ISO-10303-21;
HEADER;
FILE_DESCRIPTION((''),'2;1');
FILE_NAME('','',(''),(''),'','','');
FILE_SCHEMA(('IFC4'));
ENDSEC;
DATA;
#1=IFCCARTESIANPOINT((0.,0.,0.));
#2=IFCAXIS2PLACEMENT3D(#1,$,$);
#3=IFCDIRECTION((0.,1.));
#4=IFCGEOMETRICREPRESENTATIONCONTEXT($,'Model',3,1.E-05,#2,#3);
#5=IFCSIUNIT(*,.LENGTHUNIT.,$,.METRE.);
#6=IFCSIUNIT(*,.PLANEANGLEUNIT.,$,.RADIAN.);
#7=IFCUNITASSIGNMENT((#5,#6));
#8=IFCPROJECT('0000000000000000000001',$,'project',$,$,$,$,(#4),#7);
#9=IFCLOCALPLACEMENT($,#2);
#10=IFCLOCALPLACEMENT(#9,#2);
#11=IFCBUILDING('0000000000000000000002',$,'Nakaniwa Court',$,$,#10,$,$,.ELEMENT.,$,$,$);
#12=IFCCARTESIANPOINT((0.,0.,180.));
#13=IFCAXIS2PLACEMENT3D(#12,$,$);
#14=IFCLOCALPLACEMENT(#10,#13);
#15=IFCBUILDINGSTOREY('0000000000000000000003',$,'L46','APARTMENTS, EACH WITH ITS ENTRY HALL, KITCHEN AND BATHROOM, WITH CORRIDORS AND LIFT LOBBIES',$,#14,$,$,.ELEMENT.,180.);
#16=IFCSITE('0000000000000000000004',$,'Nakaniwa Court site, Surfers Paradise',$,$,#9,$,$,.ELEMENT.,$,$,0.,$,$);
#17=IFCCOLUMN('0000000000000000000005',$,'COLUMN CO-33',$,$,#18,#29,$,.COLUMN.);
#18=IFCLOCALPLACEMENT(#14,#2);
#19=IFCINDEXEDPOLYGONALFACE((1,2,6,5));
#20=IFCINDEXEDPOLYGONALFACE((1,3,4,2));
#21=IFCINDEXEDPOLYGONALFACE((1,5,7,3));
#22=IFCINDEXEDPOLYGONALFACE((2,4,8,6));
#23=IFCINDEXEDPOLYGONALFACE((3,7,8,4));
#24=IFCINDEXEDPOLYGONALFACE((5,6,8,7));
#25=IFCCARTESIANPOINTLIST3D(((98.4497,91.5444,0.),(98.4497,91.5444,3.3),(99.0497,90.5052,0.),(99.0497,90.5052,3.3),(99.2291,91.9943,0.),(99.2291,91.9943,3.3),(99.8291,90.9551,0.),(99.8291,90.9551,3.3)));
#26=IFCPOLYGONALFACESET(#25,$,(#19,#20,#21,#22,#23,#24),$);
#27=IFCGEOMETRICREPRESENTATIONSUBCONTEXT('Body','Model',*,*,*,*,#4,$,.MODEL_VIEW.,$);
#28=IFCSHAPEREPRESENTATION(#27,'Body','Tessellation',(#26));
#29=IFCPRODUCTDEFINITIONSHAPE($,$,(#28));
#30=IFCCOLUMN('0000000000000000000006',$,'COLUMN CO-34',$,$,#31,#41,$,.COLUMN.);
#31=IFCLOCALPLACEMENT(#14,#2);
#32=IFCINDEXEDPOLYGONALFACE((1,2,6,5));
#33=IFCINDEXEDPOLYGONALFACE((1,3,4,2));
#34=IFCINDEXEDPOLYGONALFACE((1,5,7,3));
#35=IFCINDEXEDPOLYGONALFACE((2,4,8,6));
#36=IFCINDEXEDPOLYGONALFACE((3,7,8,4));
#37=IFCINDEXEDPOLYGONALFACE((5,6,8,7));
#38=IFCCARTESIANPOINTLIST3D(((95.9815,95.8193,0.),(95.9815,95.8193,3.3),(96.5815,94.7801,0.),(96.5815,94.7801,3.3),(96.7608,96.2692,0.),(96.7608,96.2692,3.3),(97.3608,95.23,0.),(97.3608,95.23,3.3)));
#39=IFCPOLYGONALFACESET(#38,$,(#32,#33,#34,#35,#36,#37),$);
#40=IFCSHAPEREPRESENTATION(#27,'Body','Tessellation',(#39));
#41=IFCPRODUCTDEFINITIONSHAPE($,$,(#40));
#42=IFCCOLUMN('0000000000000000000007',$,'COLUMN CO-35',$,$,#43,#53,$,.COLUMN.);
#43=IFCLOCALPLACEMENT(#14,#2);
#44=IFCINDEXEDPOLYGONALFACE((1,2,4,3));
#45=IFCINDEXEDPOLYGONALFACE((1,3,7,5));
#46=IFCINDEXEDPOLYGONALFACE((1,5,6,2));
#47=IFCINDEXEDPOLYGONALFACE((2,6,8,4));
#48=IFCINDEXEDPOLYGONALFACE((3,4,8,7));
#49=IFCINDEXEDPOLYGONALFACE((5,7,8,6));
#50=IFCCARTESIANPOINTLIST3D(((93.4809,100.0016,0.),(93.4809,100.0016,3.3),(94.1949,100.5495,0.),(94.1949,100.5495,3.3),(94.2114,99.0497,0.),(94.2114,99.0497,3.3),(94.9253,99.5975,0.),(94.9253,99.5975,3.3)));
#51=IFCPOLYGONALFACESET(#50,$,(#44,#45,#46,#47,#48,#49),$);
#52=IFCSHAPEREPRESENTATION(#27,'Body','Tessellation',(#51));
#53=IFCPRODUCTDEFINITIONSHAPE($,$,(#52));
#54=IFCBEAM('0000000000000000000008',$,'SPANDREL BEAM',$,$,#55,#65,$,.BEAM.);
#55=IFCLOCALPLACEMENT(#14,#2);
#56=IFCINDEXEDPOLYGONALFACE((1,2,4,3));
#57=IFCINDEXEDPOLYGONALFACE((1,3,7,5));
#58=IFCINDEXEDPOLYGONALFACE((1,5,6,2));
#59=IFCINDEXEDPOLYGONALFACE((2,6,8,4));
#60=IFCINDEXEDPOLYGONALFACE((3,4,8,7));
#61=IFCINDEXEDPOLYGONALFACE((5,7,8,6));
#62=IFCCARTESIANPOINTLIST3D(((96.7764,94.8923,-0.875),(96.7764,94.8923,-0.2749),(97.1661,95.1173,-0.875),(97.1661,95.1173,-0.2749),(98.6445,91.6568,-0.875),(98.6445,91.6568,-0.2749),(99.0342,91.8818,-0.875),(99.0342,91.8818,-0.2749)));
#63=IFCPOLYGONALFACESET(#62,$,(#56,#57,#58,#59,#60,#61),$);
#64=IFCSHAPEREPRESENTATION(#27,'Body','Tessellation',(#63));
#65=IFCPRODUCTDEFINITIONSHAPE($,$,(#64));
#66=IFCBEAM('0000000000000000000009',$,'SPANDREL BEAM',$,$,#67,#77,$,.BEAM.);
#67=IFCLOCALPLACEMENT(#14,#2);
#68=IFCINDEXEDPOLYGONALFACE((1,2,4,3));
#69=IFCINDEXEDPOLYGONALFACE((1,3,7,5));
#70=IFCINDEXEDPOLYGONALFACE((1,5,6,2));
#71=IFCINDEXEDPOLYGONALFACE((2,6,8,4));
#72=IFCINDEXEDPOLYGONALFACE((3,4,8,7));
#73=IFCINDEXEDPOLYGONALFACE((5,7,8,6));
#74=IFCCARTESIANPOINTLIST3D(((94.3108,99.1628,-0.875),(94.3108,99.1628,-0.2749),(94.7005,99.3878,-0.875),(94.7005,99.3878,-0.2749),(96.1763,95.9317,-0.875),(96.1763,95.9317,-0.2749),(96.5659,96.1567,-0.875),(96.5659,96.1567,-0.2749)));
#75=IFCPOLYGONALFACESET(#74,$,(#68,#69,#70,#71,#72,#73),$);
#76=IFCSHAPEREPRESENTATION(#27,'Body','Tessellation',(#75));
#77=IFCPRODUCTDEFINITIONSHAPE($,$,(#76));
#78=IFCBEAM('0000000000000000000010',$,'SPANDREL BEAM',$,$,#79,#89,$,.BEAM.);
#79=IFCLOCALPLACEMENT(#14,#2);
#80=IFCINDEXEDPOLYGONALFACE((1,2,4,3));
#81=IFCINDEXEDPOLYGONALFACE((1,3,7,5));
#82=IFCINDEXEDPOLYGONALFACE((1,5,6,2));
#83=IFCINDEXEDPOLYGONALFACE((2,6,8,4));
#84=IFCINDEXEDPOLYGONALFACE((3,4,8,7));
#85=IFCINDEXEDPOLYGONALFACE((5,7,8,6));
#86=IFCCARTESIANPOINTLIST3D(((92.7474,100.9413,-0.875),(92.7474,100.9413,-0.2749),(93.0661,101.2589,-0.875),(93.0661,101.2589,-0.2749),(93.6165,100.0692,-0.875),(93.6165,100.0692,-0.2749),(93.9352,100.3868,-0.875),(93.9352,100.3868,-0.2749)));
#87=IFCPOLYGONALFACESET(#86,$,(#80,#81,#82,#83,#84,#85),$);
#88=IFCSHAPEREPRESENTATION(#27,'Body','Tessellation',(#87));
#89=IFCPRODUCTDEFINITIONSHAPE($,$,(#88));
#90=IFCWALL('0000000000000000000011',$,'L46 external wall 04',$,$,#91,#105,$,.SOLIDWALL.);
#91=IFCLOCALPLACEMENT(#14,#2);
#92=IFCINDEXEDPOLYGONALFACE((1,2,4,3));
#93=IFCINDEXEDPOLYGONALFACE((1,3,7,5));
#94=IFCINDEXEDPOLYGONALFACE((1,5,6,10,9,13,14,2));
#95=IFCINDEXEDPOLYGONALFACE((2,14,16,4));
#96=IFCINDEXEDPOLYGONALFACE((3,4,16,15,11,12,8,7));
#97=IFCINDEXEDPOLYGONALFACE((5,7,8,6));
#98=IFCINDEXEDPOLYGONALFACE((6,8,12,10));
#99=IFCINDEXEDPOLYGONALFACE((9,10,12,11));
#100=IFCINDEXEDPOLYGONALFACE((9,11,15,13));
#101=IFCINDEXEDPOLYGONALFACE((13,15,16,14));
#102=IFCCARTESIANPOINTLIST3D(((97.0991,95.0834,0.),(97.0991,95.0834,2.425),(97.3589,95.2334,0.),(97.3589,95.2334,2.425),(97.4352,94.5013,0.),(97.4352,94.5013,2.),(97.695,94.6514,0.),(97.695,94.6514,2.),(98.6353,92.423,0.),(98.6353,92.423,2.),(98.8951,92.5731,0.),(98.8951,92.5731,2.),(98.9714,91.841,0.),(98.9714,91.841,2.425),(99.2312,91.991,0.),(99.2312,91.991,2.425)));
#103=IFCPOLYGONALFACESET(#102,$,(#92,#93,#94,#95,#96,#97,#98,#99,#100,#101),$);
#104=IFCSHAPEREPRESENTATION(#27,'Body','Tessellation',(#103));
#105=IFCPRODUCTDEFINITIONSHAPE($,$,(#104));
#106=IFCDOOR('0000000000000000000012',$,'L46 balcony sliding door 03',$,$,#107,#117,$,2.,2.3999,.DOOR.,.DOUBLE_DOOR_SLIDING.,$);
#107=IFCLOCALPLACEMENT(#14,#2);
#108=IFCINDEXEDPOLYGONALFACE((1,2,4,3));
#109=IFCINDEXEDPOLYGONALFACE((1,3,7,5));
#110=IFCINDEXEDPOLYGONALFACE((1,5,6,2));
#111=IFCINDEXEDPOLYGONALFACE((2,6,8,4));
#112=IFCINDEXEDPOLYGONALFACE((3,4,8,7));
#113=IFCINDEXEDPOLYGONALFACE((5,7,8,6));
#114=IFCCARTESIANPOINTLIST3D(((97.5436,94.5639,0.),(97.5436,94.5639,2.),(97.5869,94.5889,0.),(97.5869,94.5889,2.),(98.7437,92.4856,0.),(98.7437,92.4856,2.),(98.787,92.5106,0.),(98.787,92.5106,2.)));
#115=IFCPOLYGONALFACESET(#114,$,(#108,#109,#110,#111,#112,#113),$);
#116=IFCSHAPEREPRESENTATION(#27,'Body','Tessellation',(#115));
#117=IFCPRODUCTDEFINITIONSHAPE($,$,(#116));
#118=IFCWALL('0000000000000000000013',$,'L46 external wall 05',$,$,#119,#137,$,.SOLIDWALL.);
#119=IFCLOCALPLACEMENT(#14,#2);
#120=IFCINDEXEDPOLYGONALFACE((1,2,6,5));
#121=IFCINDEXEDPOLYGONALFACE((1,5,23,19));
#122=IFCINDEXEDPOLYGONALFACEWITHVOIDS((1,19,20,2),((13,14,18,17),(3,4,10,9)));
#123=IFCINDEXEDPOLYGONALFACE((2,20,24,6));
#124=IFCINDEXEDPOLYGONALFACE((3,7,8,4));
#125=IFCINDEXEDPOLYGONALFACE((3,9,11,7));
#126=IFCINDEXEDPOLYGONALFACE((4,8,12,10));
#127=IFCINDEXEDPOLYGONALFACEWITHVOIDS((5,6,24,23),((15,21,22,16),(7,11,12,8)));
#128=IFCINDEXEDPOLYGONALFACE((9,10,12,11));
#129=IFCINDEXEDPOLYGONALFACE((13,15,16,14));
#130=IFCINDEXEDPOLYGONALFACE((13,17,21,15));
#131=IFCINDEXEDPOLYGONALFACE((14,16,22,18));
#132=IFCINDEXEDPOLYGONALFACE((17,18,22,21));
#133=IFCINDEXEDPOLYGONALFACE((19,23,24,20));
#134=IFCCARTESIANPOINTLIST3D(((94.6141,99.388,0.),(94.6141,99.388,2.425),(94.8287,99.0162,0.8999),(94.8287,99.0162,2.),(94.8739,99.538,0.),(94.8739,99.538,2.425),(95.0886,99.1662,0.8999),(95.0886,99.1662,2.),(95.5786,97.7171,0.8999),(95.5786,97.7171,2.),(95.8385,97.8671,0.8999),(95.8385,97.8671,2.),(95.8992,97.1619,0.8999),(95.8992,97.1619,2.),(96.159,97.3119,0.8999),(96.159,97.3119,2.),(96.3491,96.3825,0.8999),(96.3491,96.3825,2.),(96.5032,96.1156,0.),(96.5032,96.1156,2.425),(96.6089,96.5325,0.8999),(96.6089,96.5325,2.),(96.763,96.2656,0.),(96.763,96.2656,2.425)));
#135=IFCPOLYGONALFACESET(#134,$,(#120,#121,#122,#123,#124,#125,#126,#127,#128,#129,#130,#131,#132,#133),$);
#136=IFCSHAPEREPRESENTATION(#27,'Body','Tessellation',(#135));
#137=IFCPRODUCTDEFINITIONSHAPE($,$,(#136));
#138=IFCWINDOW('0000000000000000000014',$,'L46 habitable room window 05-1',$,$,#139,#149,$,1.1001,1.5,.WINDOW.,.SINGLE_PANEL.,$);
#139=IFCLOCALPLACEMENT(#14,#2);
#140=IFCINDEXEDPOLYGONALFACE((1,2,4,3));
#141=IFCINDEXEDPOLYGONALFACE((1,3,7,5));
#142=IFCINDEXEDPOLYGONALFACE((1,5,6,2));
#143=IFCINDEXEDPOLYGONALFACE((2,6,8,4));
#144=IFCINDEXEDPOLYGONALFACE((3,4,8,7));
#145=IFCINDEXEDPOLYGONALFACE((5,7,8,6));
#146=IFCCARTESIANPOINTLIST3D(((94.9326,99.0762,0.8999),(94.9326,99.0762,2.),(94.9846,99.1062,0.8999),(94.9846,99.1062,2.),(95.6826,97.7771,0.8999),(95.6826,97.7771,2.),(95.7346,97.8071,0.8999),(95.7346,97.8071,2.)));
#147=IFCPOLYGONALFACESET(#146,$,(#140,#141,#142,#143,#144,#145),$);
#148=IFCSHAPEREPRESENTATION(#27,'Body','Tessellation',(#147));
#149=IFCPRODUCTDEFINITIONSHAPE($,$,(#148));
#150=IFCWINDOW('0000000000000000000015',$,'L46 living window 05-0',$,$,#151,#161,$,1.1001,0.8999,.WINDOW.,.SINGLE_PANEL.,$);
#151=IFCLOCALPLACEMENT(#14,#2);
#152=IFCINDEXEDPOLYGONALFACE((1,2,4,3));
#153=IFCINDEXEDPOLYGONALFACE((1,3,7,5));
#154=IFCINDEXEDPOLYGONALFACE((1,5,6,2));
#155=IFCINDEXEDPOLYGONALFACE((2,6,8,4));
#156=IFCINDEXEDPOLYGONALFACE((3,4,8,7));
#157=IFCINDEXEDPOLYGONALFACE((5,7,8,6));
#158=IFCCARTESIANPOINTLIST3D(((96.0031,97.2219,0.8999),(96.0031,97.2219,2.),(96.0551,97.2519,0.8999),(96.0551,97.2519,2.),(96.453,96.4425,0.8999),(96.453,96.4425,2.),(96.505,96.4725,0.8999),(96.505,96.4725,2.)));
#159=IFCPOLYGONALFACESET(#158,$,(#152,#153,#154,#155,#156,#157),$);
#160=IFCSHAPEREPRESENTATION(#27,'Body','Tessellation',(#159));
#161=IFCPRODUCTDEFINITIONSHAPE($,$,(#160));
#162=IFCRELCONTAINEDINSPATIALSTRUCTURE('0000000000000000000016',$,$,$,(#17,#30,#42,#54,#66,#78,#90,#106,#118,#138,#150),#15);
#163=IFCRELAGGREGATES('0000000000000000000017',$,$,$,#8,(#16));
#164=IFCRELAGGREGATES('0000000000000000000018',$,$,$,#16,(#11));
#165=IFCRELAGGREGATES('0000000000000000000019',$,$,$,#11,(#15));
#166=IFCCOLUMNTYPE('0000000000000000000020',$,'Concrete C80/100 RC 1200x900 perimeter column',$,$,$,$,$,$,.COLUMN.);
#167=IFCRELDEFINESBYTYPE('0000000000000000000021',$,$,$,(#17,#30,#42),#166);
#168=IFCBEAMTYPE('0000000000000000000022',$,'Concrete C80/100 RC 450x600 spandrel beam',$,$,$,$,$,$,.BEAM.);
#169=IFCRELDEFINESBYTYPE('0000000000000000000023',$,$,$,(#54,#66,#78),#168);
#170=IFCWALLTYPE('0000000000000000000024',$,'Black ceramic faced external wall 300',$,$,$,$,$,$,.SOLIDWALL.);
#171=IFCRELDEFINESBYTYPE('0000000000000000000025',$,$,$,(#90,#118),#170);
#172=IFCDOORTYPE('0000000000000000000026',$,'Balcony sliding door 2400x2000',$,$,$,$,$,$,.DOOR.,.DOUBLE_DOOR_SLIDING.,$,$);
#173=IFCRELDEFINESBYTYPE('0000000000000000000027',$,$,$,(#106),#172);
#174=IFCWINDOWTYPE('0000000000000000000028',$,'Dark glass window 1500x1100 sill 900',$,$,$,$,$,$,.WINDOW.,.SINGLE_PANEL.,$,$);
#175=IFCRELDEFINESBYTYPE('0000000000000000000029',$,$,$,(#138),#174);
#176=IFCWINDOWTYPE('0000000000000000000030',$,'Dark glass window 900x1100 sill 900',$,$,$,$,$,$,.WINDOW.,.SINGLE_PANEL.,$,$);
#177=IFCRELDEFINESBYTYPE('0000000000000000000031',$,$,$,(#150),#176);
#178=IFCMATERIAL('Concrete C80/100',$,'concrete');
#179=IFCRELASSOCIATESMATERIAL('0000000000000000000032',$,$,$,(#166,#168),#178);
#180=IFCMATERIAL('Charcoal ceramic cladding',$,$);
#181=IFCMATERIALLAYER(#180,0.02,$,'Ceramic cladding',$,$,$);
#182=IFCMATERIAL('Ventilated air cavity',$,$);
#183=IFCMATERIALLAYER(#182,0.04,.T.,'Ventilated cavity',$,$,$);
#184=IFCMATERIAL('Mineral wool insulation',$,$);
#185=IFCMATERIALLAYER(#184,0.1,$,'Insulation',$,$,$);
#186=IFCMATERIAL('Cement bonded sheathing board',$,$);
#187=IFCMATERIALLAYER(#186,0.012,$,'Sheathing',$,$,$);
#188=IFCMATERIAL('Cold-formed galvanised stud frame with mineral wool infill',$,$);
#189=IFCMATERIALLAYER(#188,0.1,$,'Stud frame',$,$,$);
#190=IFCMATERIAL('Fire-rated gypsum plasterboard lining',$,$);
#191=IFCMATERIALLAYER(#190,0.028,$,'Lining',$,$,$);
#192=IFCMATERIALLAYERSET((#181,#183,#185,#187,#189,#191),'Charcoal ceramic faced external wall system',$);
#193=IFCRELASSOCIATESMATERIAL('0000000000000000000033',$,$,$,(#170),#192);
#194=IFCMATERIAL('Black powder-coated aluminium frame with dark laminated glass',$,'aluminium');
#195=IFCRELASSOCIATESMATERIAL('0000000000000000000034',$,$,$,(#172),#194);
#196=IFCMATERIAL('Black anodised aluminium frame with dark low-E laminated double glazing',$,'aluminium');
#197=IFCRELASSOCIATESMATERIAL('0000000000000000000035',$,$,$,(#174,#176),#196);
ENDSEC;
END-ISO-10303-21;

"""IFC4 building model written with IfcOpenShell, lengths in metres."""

from ifc_helpers import new_model, si_unit, direction, frame, frame_2d, origin, origin_2d, place, context, subcontext, project, spatial, rectangle, extrude, material, layer, layer_set, material_profile, profile_set, type_object, element, fill, save


model = new_model("IFC4")

# Units and contexts
model_context = context("Model", 3, precision=1e-05, world=origin(), true_north=direction((0.0, 1.0)))
body_context = subcontext(model_context, "Body", "Model", "MODEL_VIEW")
ifc_project = project(units=[si_unit("LENGTHUNIT", "METRE"), si_unit("PLANEANGLEUNIT", "RADIAN")], contexts=[model_context])

# Site, building, storey
site_placement = place(None, origin())
site = spatial("IfcSite", under=ifc_project, at=site_placement, Name="Nakaniwa Court site, Surfers Paradise", CompositionType="ELEMENT", RefElevation=0.0)
building_placement = place(site_placement, origin())
building = spatial("IfcBuilding", under=site, at=building_placement, Name="Nakaniwa Court", CompositionType="ELEMENT")
storey_placement = place(building_placement, frame((0.0, 0.0, 180.0)))
storey = spatial("IfcBuildingStorey", under=building, at=storey_placement, Name="L46", Description="APARTMENTS, EACH WITH ITS ENTRY HALL, KITCHEN AND BATHROOM, WITH CORRIDORS AND LIFT LOBBIES", CompositionType="ELEMENT", Elevation=180.0)

# Columns
ifc_material_1 = material(Name="Concrete C80/100", Category="concrete")
ifc_material_profile_1 = material_profile(ifc_material_1, rectangle(XDim=1.2, YDim=0.8999, at=origin_2d()), Name="Concrete C80/100 RC 1200x900 perimeter column")
ifc_profile_set_1 = profile_set([ifc_material_profile_1], Name="Concrete C80/100")
column_type = type_object("IfcColumnType", Name="Concrete C80/100 RC 1200x900 perimeter column", PredefinedType="COLUMN", material=ifc_profile_set_1)
for number, where, z_axis, x_axis, name in (
    (1, (99.1394, 91.2498, 0.0), (0.0, 0.0, 1.0), (-0.5, 0.866025, 0.0), "COLUMN CO-33"),
    (2, (96.6711, 95.5247, 0.0), (0.0, 0.0, 1.0), (-0.5, 0.866025, 0.0), "COLUMN CO-34"),
    (3, (94.2031, 99.7996, 0.0), (0.0, 0.0, 1.0), (-0.608761, 0.793353, 0.0), "COLUMN CO-35"),
):
    element("IfcColumn", number, at=place(storey_placement, frame(where, z_axis=z_axis, x_axis=x_axis)), inside=storey, type_object=column_type, Name=name, PredefinedType="COLUMN", context=body_context, shape_type="SweptSolid", body=[
        extrude(rectangle(XDim=1.2, YDim=0.8999, at=origin_2d()), origin(), (0.0, 0.0, 1.0), 3.3),
    ])

# Beams
ifc_material_profile_2 = material_profile(ifc_material_1, rectangle(XDim=0.45, YDim=0.6001, at=origin_2d()), Name="Concrete C80/100 RC 450x600 spandrel beam")
ifc_profile_set_2 = profile_set([ifc_material_profile_2], Name="Concrete C80/100")
beam_type = type_object("IfcBeamType", Name="Concrete C80/100 RC 450x600 spandrel beam", PredefinedType="BEAM", material=ifc_profile_set_2)
beam_1_placement = place(storey_placement, frame((98.8394, 91.7693, -0.575), z_axis=(-0.500018, 0.866015, 0.0), x_axis=(-0.866015, -0.500018, 0.0)))
element("IfcBeam", 4, at=beam_1_placement, inside=storey, type_object=beam_type, Name="SPANDREL BEAM", PredefinedType="BEAM", context=body_context, shape_type="SweptSolid", body=[
    extrude(rectangle(XDim=0.45, YDim=0.6001, at=origin_2d()), origin(), (0.0, 0.0, 1.0), 3.7361),
])
beam_2_placement = place(storey_placement, frame((96.3711, 96.0442, -0.575), z_axis=(-0.499989, 0.866032, 0.0), x_axis=(-0.866032, -0.499989, 0.0)))
element("IfcBeam", 5, at=beam_2_placement, inside=storey, type_object=beam_type, Name="SPANDREL BEAM", PredefinedType="BEAM", context=body_context, shape_type="SweptSolid", body=[
    extrude(rectangle(XDim=0.45, YDim=0.6001, at=origin_2d()), origin(), (0.0, 0.0, 1.0), 3.731),
])
beam_3_placement = place(storey_placement, frame((93.7759, 100.228, -0.575), z_axis=(-0.705916, 0.708296, 0.0), x_axis=(-0.708296, -0.705916, 0.0)))
element("IfcBeam", 6, at=beam_3_placement, inside=storey, type_object=beam_type, Name="SPANDREL BEAM", PredefinedType="BEAM", context=body_context, shape_type="SweptSolid", body=[
    extrude(rectangle(XDim=0.45, YDim=0.6001, at=origin_2d()), origin(), (0.0, 0.0, 1.0), 1.2312),
])

# Wall, opening, door
ifc_material_2 = material(Name="Charcoal ceramic cladding")
ifc_layer_1 = layer(ifc_material_2, 0.02, Name="Ceramic cladding")
ifc_material_3 = material(Name="Ventilated air cavity")
ifc_layer_2 = layer(ifc_material_3, 0.04, ventilated=True, Name="Ventilated cavity")
ifc_material_4 = material(Name="Mineral wool insulation")
ifc_layer_3 = layer(ifc_material_4, 0.1, Name="Insulation")
ifc_material_5 = material(Name="Cement bonded sheathing board")
ifc_layer_4 = layer(ifc_material_5, 0.012, Name="Sheathing")
ifc_material_6 = material(Name="Cold-formed galvanised stud frame with mineral wool infill")
ifc_layer_5 = layer(ifc_material_6, 0.1, Name="Stud frame")
ifc_material_7 = material(Name="Fire-rated gypsum plasterboard lining")
ifc_layer_6 = layer(ifc_material_7, 0.028, Name="Lining")
ifc_layer_set = layer_set([ifc_layer_1, ifc_layer_2, ifc_layer_3, ifc_layer_4, ifc_layer_5, ifc_layer_6], Name="Charcoal ceramic faced external wall system")
wall_type = type_object("IfcWallType", Name="Black ceramic faced external wall 300", PredefinedType="SOLIDWALL", material=ifc_layer_set)
wall_1_placement = place(storey_placement, frame((99.1013, 91.916, 0.0), z_axis=(0.0, 0.0, 1.0), x_axis=(-0.500059, 0.865991, 0.0)))
wall_1 = element("IfcWall", 7, at=wall_1_placement, inside=storey, type_object=wall_type, Name="L46 external wall 04", PredefinedType="SOLIDWALL", context=body_context, shape_type="SweptSolid", body=[
    extrude(rectangle(XDim=3.7441, YDim=0.3, at=frame_2d((1.8721, 0.0))), origin(), (0.0, 0.0, 1.0), 2.425),
])
opening_1_placement = place(wall_1_placement, frame((0.6721, 0.0, 0.0)))
opening_1 = element("IfcOpeningElement", 8, at=opening_1_placement, cuts=wall_1, PredefinedType="OPENING", context=body_context, shape_type="SweptSolid", body=[
    extrude(rectangle(XDim=2.3999, YDim=2.0, at=frame_2d((1.2, 1.0))), frame((0.0, 0.1599, 0.0), z_axis=(0.0, -1.0, 0.0), x_axis=(1.0, 0.0, 0.0)), (0.0, 0.0, 1.0), 0.3201),
])
ifc_material_8 = material(Name="Black powder-coated aluminium frame with dark laminated glass", Category="aluminium")
door_type = type_object("IfcDoorType", Name="Balcony sliding door 2400x2000", OperationType="DOUBLE_DOOR_SLIDING", PredefinedType="DOOR", material=ifc_material_8)
door_placement = place(opening_1_placement, origin())
door = element("IfcDoor", 9, at=door_placement, inside=storey, type_object=door_type, Name="L46 balcony sliding door 03", OperationType="DOUBLE_DOOR_SLIDING", OverallHeight=2.0, OverallWidth=2.3999, PredefinedType="DOOR", context=body_context, shape_type="SweptSolid", body=[
    extrude(rectangle(XDim=2.3999, YDim=2.0, at=frame_2d((1.2, 1.0))), frame((0.0, 0.0249, 0.0), z_axis=(0.0, -1.0, 0.0), x_axis=(1.0, 0.0, 0.0)), (0.0, 0.0, 1.0), 0.05),
])
fill(opening_1, door)

# Wall, openings, windows
wall_2_placement = place(storey_placement, frame((96.6331, 96.1907, 0.0), z_axis=(0.0, 0.0, 1.0), x_axis=(-0.499961, 0.866048, 0.0)))
wall_2 = element("IfcWall", 10, at=wall_2_placement, inside=storey, type_object=wall_type, Name="L46 external wall 05", PredefinedType="SOLIDWALL", context=body_context, shape_type="SweptSolid", body=[
    extrude(rectangle(XDim=3.7786, YDim=0.3, at=frame_2d((1.8892, 0.0))), origin(), (0.0, 0.0, 1.0), 2.425),
])
opening_2_placement = place(wall_2_placement, frame((0.3081, 0.0, 0.8999)))
opening_2 = element("IfcOpeningElement", 11, at=opening_2_placement, cuts=wall_2, PredefinedType="OPENING", context=body_context, shape_type="SweptSolid", body=[
    extrude(rectangle(XDim=0.8999, YDim=1.1001, at=frame_2d((0.45, 0.55))), frame((0.0, 0.1599, 0.0), z_axis=(0.0, -1.0, 0.0), x_axis=(1.0, 0.0, 0.0)), (0.0, 0.0, 1.0), 0.3201),
])
opening_3_placement = place(wall_2_placement, frame((1.8491, 0.0, 0.8999)))
opening_3 = element("IfcOpeningElement", 12, at=opening_3_placement, cuts=wall_2, PredefinedType="OPENING", context=body_context, shape_type="SweptSolid", body=[
    extrude(rectangle(XDim=1.5, YDim=1.1001, at=frame_2d((0.75, 0.55))), frame((0.0, 0.1599, 0.0), z_axis=(0.0, -1.0, 0.0), x_axis=(1.0, 0.0, 0.0)), (0.0, 0.0, 1.0), 0.3201),
])
ifc_material_9 = material(Name="Black anodised aluminium frame with dark low-E laminated double glazing", Category="aluminium")
window_type_1 = type_object("IfcWindowType", Name="Dark glass window 1500x1100 sill 900", PartitioningType="SINGLE_PANEL", PredefinedType="WINDOW", material=ifc_material_9)
window_1_placement = place(opening_3_placement, origin())
window_1 = element("IfcWindow", 13, at=window_1_placement, inside=storey, type_object=window_type_1, Name="L46 habitable room window 05-1", OverallHeight=1.1001, OverallWidth=1.5, PartitioningType="SINGLE_PANEL", PredefinedType="WINDOW", context=body_context, shape_type="SweptSolid", body=[
    extrude(rectangle(XDim=1.5, YDim=1.1001, at=frame_2d((0.75, 0.55))), frame((0.0, 0.03, 0.0), z_axis=(0.0, -1.0, 0.0), x_axis=(1.0, 0.0, 0.0)), (0.0, 0.0, 1.0), 0.0601),
])
fill(opening_3, window_1)
window_type_2 = type_object("IfcWindowType", Name="Dark glass window 900x1100 sill 900", PartitioningType="SINGLE_PANEL", PredefinedType="WINDOW", material=ifc_material_9)
window_2_placement = place(opening_2_placement, origin())
window_2 = element("IfcWindow", 14, at=window_2_placement, inside=storey, type_object=window_type_2, Name="L46 living window 05-0", OverallHeight=1.1001, OverallWidth=0.8999, PartitioningType="SINGLE_PANEL", PredefinedType="WINDOW", context=body_context, shape_type="SweptSolid", body=[
    extrude(rectangle(XDim=0.8999, YDim=1.1001, at=frame_2d((0.45, 0.55))), frame((0.0, 0.03, 0.0), z_axis=(0.0, -1.0, 0.0), x_axis=(1.0, 0.0, 0.0)), (0.0, 0.0, 1.0), 0.0601),
])
fill(opening_2, window_2)

save(model, "model.ifc")
